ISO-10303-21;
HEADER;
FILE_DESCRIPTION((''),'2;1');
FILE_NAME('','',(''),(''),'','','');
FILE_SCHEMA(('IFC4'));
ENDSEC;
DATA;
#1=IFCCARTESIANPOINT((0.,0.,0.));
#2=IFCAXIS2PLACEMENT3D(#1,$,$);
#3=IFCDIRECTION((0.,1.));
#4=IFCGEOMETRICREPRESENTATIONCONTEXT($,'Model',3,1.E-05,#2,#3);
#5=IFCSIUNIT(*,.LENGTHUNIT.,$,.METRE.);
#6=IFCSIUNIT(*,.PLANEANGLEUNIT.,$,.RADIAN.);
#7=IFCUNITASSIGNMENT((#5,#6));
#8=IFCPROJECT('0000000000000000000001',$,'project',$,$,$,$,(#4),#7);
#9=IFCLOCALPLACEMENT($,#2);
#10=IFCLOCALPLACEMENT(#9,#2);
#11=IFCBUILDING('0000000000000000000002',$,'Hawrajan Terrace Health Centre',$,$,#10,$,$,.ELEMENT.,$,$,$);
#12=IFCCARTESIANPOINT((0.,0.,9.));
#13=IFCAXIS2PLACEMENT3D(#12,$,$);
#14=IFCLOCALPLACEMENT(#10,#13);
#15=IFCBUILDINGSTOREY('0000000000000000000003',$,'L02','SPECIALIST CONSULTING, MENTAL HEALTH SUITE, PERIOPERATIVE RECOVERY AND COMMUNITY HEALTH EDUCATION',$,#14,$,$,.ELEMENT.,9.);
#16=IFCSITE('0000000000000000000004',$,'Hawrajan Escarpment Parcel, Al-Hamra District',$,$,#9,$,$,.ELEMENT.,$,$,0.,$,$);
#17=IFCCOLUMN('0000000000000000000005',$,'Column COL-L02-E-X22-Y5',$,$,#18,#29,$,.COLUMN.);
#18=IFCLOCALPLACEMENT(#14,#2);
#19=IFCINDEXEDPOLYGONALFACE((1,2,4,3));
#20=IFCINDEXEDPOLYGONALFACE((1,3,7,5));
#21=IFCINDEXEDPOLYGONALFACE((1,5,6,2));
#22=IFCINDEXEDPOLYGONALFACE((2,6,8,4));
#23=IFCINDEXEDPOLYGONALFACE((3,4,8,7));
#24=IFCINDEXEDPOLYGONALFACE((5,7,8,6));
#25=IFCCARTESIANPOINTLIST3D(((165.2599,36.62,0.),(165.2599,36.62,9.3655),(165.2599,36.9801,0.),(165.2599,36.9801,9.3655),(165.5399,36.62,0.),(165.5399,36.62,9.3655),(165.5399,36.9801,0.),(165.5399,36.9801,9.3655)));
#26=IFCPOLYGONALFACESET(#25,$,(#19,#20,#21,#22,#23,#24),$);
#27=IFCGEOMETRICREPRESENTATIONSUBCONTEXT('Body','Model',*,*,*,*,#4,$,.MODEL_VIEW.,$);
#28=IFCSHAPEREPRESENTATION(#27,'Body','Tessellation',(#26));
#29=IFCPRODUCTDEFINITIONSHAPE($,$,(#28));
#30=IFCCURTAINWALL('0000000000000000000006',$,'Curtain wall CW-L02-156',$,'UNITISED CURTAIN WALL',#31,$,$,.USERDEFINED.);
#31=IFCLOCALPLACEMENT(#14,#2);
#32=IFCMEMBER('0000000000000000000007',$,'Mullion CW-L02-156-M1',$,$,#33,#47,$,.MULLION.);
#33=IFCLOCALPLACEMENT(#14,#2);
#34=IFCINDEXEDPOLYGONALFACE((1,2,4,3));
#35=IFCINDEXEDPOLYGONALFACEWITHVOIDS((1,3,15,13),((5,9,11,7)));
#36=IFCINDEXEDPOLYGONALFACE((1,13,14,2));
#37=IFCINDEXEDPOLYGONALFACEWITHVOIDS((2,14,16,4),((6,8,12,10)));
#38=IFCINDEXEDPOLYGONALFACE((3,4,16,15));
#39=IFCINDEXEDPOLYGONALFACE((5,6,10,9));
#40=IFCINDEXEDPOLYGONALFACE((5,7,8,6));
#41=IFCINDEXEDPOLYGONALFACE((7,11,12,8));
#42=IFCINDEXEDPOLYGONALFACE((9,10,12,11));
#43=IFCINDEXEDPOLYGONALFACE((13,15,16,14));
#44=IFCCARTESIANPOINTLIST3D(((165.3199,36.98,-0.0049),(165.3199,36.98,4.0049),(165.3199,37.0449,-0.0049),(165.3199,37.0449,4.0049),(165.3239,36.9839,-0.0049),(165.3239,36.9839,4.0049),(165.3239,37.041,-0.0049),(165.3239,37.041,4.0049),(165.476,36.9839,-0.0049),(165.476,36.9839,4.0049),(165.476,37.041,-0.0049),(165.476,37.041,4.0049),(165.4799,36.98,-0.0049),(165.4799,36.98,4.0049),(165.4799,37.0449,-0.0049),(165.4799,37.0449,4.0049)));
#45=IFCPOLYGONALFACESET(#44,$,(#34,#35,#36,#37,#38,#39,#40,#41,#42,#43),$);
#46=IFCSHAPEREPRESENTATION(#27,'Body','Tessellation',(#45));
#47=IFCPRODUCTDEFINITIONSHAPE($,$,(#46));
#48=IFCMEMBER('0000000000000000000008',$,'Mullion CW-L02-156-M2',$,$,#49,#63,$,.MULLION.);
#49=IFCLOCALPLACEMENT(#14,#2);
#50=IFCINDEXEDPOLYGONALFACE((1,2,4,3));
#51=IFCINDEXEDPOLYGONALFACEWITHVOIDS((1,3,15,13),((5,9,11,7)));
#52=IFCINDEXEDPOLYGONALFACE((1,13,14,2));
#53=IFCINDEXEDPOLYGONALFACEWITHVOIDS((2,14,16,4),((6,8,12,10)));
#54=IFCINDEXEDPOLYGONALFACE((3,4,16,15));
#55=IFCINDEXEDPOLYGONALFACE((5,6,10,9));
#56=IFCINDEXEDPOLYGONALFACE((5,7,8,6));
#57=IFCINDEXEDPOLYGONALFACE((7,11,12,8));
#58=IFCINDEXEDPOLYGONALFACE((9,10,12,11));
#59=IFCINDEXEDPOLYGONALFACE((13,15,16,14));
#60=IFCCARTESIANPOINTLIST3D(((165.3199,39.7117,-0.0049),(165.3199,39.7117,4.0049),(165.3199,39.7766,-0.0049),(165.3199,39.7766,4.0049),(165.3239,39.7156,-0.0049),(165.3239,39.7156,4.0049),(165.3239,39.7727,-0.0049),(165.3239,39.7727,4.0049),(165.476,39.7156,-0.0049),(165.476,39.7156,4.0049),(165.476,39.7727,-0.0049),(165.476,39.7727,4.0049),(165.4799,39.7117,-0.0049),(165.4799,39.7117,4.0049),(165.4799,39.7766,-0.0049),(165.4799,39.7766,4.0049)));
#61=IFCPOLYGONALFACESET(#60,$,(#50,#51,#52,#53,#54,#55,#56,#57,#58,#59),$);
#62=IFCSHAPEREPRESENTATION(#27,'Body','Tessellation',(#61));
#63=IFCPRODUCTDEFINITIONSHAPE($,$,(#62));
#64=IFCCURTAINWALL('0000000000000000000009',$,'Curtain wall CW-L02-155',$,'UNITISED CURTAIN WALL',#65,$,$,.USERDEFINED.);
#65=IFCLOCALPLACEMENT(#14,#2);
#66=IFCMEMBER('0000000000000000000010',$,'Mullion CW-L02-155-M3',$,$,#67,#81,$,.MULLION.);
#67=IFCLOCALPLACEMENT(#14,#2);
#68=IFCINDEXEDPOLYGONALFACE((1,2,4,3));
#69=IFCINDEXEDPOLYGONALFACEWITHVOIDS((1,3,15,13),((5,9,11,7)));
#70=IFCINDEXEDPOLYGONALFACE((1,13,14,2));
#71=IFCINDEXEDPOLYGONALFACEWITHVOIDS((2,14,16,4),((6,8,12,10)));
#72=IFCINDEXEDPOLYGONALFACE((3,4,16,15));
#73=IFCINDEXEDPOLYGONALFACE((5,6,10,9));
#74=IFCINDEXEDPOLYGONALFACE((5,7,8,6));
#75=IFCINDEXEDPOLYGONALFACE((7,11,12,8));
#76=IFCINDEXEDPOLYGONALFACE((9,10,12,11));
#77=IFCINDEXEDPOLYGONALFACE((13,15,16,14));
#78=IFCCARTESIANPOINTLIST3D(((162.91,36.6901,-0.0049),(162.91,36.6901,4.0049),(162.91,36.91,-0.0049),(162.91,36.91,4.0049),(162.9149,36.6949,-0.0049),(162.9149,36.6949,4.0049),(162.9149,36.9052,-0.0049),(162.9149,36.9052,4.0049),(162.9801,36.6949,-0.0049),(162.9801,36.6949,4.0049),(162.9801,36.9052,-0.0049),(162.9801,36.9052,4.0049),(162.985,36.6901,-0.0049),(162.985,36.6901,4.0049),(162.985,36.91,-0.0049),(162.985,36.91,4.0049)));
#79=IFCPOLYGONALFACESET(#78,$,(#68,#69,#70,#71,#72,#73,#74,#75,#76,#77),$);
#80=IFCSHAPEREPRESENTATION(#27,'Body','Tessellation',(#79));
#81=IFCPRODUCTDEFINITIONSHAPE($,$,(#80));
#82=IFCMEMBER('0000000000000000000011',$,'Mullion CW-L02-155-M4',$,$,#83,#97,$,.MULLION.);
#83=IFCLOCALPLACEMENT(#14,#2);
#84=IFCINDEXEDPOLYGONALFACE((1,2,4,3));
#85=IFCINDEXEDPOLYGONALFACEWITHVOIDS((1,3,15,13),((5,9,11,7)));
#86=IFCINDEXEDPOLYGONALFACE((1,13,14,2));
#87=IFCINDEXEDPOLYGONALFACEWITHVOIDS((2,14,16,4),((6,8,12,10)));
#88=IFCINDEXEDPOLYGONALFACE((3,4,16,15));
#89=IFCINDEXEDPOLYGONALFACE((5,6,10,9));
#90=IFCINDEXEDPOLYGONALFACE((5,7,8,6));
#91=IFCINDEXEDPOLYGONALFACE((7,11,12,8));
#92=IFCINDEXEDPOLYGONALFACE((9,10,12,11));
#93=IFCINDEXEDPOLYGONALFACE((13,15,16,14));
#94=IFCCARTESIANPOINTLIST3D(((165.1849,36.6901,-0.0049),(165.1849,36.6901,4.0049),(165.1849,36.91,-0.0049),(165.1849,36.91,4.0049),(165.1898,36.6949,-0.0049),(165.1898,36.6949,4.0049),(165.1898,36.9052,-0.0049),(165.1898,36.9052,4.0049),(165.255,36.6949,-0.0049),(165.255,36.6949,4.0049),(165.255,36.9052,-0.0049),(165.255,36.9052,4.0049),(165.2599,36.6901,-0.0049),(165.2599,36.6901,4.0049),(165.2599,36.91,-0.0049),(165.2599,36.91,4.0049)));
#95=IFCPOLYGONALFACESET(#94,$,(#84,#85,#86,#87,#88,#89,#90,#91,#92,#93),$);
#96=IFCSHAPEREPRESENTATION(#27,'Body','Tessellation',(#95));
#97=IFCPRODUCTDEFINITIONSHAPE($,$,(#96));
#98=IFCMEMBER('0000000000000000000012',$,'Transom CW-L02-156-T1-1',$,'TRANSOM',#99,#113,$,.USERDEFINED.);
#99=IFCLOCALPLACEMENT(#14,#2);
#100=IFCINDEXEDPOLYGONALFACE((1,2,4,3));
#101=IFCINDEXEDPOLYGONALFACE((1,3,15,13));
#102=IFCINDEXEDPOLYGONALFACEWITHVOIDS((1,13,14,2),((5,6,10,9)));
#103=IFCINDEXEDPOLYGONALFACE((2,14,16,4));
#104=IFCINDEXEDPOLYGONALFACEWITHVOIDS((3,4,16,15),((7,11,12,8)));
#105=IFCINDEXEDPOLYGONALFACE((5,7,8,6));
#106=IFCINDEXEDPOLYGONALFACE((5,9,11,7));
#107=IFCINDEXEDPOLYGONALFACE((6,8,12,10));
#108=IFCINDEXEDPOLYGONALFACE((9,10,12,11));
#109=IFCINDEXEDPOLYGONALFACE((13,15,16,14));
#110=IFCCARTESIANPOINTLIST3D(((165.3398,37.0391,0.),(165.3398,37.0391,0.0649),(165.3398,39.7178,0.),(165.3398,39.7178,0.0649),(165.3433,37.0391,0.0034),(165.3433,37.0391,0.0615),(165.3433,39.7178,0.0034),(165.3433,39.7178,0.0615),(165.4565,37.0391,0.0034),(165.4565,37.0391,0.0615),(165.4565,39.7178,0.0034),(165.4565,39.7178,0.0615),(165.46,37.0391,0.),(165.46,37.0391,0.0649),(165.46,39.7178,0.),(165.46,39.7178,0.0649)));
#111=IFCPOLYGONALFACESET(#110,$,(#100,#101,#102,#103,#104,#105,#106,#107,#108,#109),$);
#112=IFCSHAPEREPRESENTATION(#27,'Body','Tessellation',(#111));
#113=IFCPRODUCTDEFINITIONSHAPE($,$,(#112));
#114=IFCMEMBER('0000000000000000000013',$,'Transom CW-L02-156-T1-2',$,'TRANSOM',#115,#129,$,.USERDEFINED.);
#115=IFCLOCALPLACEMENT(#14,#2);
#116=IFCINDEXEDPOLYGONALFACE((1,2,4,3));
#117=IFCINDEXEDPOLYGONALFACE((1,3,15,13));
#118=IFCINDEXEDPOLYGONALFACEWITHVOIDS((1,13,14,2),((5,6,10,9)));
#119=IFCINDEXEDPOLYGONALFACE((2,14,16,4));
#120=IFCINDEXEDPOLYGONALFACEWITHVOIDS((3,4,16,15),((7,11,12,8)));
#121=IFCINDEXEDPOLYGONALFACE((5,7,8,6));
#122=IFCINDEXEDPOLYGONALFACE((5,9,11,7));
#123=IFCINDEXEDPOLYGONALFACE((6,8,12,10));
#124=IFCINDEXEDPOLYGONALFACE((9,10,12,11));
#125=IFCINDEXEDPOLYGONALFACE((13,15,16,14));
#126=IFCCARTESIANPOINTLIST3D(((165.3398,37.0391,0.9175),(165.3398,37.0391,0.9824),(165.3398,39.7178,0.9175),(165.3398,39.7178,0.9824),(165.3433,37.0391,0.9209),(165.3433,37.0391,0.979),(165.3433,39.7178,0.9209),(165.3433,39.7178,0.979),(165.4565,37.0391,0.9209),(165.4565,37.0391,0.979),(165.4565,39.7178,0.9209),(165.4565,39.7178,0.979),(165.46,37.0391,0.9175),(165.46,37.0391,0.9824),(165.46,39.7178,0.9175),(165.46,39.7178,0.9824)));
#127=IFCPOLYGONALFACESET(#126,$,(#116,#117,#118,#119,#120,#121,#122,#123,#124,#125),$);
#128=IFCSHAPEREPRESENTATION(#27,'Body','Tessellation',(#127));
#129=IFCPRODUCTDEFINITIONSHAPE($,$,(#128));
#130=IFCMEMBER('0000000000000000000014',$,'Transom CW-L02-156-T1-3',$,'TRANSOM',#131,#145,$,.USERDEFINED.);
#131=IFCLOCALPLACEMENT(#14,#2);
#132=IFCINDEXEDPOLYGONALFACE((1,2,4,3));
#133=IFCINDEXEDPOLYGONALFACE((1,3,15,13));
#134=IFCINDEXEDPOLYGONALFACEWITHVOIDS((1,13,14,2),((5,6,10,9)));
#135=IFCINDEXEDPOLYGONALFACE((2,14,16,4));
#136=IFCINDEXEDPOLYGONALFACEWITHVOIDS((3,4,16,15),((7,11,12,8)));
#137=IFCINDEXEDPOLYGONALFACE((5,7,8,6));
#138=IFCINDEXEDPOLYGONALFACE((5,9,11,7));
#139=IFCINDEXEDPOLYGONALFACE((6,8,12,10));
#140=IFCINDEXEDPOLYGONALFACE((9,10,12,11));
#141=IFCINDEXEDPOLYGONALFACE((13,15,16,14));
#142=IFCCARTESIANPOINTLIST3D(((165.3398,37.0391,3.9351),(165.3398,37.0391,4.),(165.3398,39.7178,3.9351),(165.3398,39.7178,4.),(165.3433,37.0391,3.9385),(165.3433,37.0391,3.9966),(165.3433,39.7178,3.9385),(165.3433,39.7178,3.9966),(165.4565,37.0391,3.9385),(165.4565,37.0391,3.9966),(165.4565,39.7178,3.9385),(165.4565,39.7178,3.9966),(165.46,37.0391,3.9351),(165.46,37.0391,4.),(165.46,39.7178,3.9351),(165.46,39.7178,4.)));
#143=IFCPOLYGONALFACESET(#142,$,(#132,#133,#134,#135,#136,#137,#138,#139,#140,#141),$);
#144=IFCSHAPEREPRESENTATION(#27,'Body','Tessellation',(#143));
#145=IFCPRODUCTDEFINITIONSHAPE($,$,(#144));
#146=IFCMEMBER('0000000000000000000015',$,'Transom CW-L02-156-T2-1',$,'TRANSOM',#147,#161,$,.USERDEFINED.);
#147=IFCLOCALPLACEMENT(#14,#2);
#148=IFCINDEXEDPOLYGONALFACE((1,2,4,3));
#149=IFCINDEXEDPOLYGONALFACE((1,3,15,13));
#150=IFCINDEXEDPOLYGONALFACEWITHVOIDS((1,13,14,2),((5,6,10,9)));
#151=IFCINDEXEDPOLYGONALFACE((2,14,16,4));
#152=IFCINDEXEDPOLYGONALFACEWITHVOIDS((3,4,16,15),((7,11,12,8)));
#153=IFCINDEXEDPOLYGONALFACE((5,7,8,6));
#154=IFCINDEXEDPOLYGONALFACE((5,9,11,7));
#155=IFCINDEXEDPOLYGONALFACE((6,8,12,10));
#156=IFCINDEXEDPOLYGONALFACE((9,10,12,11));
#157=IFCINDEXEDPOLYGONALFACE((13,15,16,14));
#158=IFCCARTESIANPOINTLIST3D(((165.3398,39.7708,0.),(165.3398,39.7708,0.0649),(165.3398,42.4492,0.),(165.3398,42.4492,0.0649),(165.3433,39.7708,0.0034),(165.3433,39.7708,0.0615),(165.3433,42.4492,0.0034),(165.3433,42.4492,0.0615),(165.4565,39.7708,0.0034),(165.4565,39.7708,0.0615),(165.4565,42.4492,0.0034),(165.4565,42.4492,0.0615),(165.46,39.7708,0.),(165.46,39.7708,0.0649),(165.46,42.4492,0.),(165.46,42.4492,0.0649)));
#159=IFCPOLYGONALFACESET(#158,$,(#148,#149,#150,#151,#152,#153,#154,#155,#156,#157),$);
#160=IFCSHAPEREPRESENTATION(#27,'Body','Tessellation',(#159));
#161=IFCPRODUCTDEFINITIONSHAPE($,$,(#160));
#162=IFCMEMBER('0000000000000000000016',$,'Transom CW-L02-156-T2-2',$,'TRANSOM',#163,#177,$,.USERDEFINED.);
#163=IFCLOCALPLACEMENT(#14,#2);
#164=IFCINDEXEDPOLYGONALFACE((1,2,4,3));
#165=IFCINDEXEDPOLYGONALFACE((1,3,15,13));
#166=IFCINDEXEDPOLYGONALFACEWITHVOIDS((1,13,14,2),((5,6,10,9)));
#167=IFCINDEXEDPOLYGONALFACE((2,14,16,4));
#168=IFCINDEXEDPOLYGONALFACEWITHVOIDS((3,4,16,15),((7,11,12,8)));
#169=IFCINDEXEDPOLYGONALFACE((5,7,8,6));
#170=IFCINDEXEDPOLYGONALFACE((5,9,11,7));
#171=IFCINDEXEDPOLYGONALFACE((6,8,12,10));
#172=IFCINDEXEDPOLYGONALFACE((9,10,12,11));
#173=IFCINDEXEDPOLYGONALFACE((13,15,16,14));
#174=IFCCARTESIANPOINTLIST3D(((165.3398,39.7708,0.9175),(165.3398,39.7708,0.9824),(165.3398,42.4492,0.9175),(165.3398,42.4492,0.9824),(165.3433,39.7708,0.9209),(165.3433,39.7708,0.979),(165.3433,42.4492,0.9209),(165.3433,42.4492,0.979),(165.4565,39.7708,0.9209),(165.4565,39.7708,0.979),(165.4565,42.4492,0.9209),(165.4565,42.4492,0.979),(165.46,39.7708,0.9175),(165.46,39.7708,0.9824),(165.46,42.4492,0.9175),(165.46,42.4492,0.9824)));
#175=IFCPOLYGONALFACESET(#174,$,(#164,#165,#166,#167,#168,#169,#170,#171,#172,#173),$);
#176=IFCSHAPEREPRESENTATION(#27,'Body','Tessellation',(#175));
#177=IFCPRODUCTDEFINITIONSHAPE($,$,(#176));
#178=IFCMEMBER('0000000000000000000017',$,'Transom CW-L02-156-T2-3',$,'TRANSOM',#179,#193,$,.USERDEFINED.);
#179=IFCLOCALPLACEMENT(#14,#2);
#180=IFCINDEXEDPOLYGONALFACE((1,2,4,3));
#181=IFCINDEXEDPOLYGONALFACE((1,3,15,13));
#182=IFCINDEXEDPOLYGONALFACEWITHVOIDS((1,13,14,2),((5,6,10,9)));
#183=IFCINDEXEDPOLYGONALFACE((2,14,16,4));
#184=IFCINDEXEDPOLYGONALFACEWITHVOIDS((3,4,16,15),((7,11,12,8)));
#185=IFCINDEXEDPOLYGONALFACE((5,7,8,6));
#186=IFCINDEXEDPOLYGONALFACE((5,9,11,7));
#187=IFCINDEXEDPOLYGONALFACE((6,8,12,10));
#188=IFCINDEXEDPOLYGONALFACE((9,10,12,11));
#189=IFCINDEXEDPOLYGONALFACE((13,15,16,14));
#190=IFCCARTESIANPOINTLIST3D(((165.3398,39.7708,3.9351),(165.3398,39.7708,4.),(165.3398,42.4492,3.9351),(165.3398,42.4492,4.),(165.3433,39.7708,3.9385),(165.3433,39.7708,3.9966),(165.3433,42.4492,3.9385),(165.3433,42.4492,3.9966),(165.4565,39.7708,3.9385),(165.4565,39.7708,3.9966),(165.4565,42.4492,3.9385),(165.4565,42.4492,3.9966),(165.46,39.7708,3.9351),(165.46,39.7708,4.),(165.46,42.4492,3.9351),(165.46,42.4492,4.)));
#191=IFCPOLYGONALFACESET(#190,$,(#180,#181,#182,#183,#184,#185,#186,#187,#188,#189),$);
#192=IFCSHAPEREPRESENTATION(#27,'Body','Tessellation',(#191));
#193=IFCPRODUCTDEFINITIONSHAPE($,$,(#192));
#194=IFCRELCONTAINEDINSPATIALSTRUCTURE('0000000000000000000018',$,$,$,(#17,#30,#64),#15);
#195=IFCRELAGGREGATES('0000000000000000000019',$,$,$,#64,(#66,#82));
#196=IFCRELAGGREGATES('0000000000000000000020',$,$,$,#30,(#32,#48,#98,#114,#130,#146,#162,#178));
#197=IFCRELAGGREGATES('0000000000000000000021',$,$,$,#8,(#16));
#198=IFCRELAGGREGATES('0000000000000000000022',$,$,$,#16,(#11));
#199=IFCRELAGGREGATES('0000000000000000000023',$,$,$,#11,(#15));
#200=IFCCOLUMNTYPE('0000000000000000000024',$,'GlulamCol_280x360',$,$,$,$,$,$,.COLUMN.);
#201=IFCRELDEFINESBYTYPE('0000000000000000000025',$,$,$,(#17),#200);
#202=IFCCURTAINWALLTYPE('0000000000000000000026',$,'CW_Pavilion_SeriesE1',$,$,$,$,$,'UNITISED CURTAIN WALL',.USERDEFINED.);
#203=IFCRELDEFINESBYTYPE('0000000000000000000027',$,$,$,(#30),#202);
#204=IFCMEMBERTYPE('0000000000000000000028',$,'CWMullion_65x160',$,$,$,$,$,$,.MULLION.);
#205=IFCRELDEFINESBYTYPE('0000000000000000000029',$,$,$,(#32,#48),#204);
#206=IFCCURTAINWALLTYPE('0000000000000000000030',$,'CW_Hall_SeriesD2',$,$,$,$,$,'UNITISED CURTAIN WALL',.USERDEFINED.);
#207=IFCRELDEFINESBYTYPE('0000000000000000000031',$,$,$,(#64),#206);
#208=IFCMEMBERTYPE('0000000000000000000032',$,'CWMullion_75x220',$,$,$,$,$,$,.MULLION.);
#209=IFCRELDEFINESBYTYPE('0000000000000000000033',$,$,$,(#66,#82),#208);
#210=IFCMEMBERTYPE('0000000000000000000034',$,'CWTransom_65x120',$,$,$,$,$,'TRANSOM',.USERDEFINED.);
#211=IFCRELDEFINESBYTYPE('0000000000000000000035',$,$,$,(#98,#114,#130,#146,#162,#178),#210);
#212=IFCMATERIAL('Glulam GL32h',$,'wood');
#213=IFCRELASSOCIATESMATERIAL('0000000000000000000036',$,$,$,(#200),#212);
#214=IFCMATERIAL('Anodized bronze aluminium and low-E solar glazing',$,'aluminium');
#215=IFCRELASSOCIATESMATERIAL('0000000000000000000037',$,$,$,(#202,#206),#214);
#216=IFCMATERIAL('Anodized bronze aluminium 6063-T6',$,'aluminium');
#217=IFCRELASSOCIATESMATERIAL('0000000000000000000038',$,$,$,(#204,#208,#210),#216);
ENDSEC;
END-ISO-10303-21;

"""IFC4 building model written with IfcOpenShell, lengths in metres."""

from ifc_helpers import new_model, si_unit, direction, frame, origin, origin_2d, place, context, subcontext, project, spatial, rectangle, hollow_rectangle, extrude, material, material_profile, profile_set, type_object, element, aggregate, save


model = new_model("IFC4")

# Units and contexts
model_context = context("Model", 3, precision=1e-05, world=origin(), true_north=direction((0.0, 1.0)))
body_context = subcontext(model_context, "Body", "Model", "MODEL_VIEW")
ifc_project = project(units=[si_unit("LENGTHUNIT", "METRE"), si_unit("PLANEANGLEUNIT", "RADIAN")], contexts=[model_context])

# Site, building, storey
site_placement = place(None, origin())
site = spatial("IfcSite", under=ifc_project, at=site_placement, Name="Hawrajan Escarpment Parcel, Al-Hamra District", CompositionType="ELEMENT", RefElevation=0.0)
building_placement = place(site_placement, origin())
building = spatial("IfcBuilding", under=site, at=building_placement, Name="Hawrajan Terrace Health Centre", CompositionType="ELEMENT")
storey_placement = place(building_placement, frame((0.0, 0.0, 9.0)))
storey = spatial("IfcBuildingStorey", under=building, at=storey_placement, Name="L02", Description="SPECIALIST CONSULTING, MENTAL HEALTH SUITE, PERIOPERATIVE RECOVERY AND COMMUNITY HEALTH EDUCATION", CompositionType="ELEMENT", Elevation=9.0)

# Column
ifc_material_1 = material(Name="Glulam GL32h", Category="wood")
ifc_material_profile_1 = material_profile(ifc_material_1, rectangle(XDim=0.28, YDim=0.3601, at=origin_2d()), Name="GL 280x360")
ifc_profile_set_1 = profile_set([ifc_material_profile_1], Name="Glulam GL32h")
column_type = type_object("IfcColumnType", Name="GlulamCol_280x360", PredefinedType="COLUMN", material=ifc_profile_set_1)
column_placement = place(storey_placement, frame((165.3999, 36.8, 0.0), z_axis=(0.0, 0.0, 1.0), x_axis=(1.0, 0.0, 0.0)))
element("IfcColumn", 1, at=column_placement, inside=storey, type_object=column_type, Name="Column COL-L02-E-X22-Y5", PredefinedType="COLUMN", context=body_context, shape_type="SweptSolid", body=[
    extrude(rectangle(XDim=0.28, YDim=0.3601, at=origin_2d()), origin(), (0.0, 0.0, 1.0), 9.3655),
])

# Curtain walls, members
ifc_material_2 = material(Name="Anodized bronze aluminium and low-E solar glazing", Category="aluminium")
curtain_wall_type_1 = type_object("IfcCurtainWallType", Name="CW_Pavilion_SeriesE1", ElementType="UNITISED CURTAIN WALL", PredefinedType="USERDEFINED", material=ifc_material_2)
curtain_wall_1_placement = place(storey_placement, origin())
curtain_wall_1 = element("IfcCurtainWall", 2, at=curtain_wall_1_placement, inside=storey, type_object=curtain_wall_type_1, Name="Curtain wall CW-L02-156", ObjectType="UNITISED CURTAIN WALL", PredefinedType="USERDEFINED")
ifc_material_3 = material(Name="Anodized bronze aluminium 6063-T6", Category="aluminium")
ifc_material_profile_2 = material_profile(ifc_material_3, hollow_rectangle(XDim=0.0649, YDim=0.1599, WallThickness=0.0039, at=origin_2d()), Name="CW MUL 65x160")
ifc_profile_set_2 = profile_set([ifc_material_profile_2], Name="Anodized bronze aluminium 6063-T6")
member_type_1 = type_object("IfcMemberType", Name="CWMullion_65x160", PredefinedType="MULLION", material=ifc_profile_set_2)
member_1_placement = place(storey_placement, frame((165.3999, 37.0125, -0.0049), z_axis=(0.0, 0.0, 1.0), x_axis=(0.0, 1.0, 0.0)))
member_1 = element("IfcMember", 3, at=member_1_placement, type_object=member_type_1, Name="Mullion CW-L02-156-M1", PredefinedType="MULLION", context=body_context, shape_type="SweptSolid", body=[
    extrude(hollow_rectangle(XDim=0.0649, YDim=0.1599, WallThickness=0.0039, at=origin_2d()), origin(), (0.0, 0.0, 1.0), 4.0098),
])
member_2_placement = place(storey_placement, frame((165.3999, 39.7441, -0.0049), z_axis=(0.0, 0.0, 1.0), x_axis=(0.0, 1.0, 0.0)))
member_2 = element("IfcMember", 4, at=member_2_placement, type_object=member_type_1, Name="Mullion CW-L02-156-M2", PredefinedType="MULLION", context=body_context, shape_type="SweptSolid", body=[
    extrude(hollow_rectangle(XDim=0.0649, YDim=0.1599, WallThickness=0.0039, at=origin_2d()), origin(), (0.0, 0.0, 1.0), 4.0098),
])
curtain_wall_type_2 = type_object("IfcCurtainWallType", Name="CW_Hall_SeriesD2", ElementType="UNITISED CURTAIN WALL", PredefinedType="USERDEFINED", material=ifc_material_2)
curtain_wall_2_placement = place(storey_placement, origin())
curtain_wall_2 = element("IfcCurtainWall", 5, at=curtain_wall_2_placement, inside=storey, type_object=curtain_wall_type_2, Name="Curtain wall CW-L02-155", ObjectType="UNITISED CURTAIN WALL", PredefinedType="USERDEFINED")
ifc_material_profile_3 = material_profile(ifc_material_3, hollow_rectangle(XDim=0.075, YDim=0.22, WallThickness=0.0049, at=origin_2d()), Name="CW MUL 75x220")
ifc_profile_set_3 = profile_set([ifc_material_profile_3], Name="Anodized bronze aluminium 6063-T6")
member_type_2 = type_object("IfcMemberType", Name="CWMullion_75x220", PredefinedType="MULLION", material=ifc_profile_set_3)
member_3_placement = place(storey_placement, frame((162.9475, 36.8, -0.0049), z_axis=(0.0, 0.0, 1.0), x_axis=(1.0, 0.0, 0.0)))
member_3 = element("IfcMember", 6, at=member_3_placement, type_object=member_type_2, Name="Mullion CW-L02-155-M3", PredefinedType="MULLION", context=body_context, shape_type="SweptSolid", body=[
    extrude(hollow_rectangle(XDim=0.075, YDim=0.22, WallThickness=0.0049, at=origin_2d()), origin(), (0.0, 0.0, 1.0), 4.0098),
])
member_4_placement = place(storey_placement, frame((165.2224, 36.8, -0.0049), z_axis=(0.0, 0.0, 1.0), x_axis=(1.0, 0.0, 0.0)))
member_4 = element("IfcMember", 7, at=member_4_placement, type_object=member_type_2, Name="Mullion CW-L02-155-M4", PredefinedType="MULLION", context=body_context, shape_type="SweptSolid", body=[
    extrude(hollow_rectangle(XDim=0.075, YDim=0.22, WallThickness=0.0049, at=origin_2d()), origin(), (0.0, 0.0, 1.0), 4.0098),
])

# Members
ifc_material_profile_4 = material_profile(ifc_material_3, hollow_rectangle(XDim=0.0649, YDim=0.1201, WallThickness=0.0034, at=origin_2d()), Name="CW TRN 65x120")
ifc_profile_set_4 = profile_set([ifc_material_profile_4], Name="Anodized bronze aluminium 6063-T6")
member_type_3 = type_object("IfcMemberType", Name="CWTransom_65x120", ElementType="TRANSOM", PredefinedType="USERDEFINED", material=ifc_profile_set_4)
member_5_placement = place(storey_placement, frame((165.3999, 37.0391, 0.0325), z_axis=(0.0, 1.0, 0.0), x_axis=(0.0, 0.0, 1.0)))
member_5 = element("IfcMember", 8, at=member_5_placement, type_object=member_type_3, Name="Transom CW-L02-156-T1-1", ObjectType="TRANSOM", PredefinedType="USERDEFINED", context=body_context, shape_type="SweptSolid", body=[
    extrude(hollow_rectangle(XDim=0.0649, YDim=0.1201, WallThickness=0.0034, at=origin_2d()), origin(), (0.0, 0.0, 1.0), 2.6787),
])
member_6_placement = place(storey_placement, frame((165.3999, 37.0391, 0.95), z_axis=(0.0, 1.0, 0.0), x_axis=(0.0, 0.0, 1.0)))
member_6 = element("IfcMember", 9, at=member_6_placement, type_object=member_type_3, Name="Transom CW-L02-156-T1-2", ObjectType="TRANSOM", PredefinedType="USERDEFINED", context=body_context, shape_type="SweptSolid", body=[
    extrude(hollow_rectangle(XDim=0.0649, YDim=0.1201, WallThickness=0.0034, at=origin_2d()), origin(), (0.0, 0.0, 1.0), 2.6787),
])
member_7_placement = place(storey_placement, frame((165.3999, 37.0391, 3.9675), z_axis=(0.0, 1.0, 0.0), x_axis=(0.0, 0.0, 1.0)))
member_7 = element("IfcMember", 10, at=member_7_placement, type_object=member_type_3, Name="Transom CW-L02-156-T1-3", ObjectType="TRANSOM", PredefinedType="USERDEFINED", context=body_context, shape_type="SweptSolid", body=[
    extrude(hollow_rectangle(XDim=0.0649, YDim=0.1201, WallThickness=0.0034, at=origin_2d()), origin(), (0.0, 0.0, 1.0), 2.6787),
])
member_8_placement = place(storey_placement, frame((165.3999, 39.7708, 0.0325), z_axis=(0.0, 1.0, 0.0), x_axis=(0.0, 0.0, 1.0)))
member_8 = element("IfcMember", 11, at=member_8_placement, type_object=member_type_3, Name="Transom CW-L02-156-T2-1", ObjectType="TRANSOM", PredefinedType="USERDEFINED", context=body_context, shape_type="SweptSolid", body=[
    extrude(hollow_rectangle(XDim=0.0649, YDim=0.1201, WallThickness=0.0034, at=origin_2d()), origin(), (0.0, 0.0, 1.0), 2.6785),
])
member_9_placement = place(storey_placement, frame((165.3999, 39.7708, 0.95), z_axis=(0.0, 1.0, 0.0), x_axis=(0.0, 0.0, 1.0)))
member_9 = element("IfcMember", 12, at=member_9_placement, type_object=member_type_3, Name="Transom CW-L02-156-T2-2", ObjectType="TRANSOM", PredefinedType="USERDEFINED", context=body_context, shape_type="SweptSolid", body=[
    extrude(hollow_rectangle(XDim=0.0649, YDim=0.1201, WallThickness=0.0034, at=origin_2d()), origin(), (0.0, 0.0, 1.0), 2.6785),
])
member_10_placement = place(storey_placement, frame((165.3999, 39.7708, 3.9675), z_axis=(0.0, 1.0, 0.0), x_axis=(0.0, 0.0, 1.0)))
member_10 = element("IfcMember", 13, at=member_10_placement, type_object=member_type_3, Name="Transom CW-L02-156-T2-3", ObjectType="TRANSOM", PredefinedType="USERDEFINED", context=body_context, shape_type="SweptSolid", body=[
    extrude(hollow_rectangle(XDim=0.0649, YDim=0.1201, WallThickness=0.0034, at=origin_2d()), origin(), (0.0, 0.0, 1.0), 2.6785),
])

aggregate(curtain_wall_2, [member_3, member_4])
aggregate(curtain_wall_1, [member_1, member_2, member_5, member_6, member_7, member_8, member_9, member_10])

save(model, "model.ifc")
